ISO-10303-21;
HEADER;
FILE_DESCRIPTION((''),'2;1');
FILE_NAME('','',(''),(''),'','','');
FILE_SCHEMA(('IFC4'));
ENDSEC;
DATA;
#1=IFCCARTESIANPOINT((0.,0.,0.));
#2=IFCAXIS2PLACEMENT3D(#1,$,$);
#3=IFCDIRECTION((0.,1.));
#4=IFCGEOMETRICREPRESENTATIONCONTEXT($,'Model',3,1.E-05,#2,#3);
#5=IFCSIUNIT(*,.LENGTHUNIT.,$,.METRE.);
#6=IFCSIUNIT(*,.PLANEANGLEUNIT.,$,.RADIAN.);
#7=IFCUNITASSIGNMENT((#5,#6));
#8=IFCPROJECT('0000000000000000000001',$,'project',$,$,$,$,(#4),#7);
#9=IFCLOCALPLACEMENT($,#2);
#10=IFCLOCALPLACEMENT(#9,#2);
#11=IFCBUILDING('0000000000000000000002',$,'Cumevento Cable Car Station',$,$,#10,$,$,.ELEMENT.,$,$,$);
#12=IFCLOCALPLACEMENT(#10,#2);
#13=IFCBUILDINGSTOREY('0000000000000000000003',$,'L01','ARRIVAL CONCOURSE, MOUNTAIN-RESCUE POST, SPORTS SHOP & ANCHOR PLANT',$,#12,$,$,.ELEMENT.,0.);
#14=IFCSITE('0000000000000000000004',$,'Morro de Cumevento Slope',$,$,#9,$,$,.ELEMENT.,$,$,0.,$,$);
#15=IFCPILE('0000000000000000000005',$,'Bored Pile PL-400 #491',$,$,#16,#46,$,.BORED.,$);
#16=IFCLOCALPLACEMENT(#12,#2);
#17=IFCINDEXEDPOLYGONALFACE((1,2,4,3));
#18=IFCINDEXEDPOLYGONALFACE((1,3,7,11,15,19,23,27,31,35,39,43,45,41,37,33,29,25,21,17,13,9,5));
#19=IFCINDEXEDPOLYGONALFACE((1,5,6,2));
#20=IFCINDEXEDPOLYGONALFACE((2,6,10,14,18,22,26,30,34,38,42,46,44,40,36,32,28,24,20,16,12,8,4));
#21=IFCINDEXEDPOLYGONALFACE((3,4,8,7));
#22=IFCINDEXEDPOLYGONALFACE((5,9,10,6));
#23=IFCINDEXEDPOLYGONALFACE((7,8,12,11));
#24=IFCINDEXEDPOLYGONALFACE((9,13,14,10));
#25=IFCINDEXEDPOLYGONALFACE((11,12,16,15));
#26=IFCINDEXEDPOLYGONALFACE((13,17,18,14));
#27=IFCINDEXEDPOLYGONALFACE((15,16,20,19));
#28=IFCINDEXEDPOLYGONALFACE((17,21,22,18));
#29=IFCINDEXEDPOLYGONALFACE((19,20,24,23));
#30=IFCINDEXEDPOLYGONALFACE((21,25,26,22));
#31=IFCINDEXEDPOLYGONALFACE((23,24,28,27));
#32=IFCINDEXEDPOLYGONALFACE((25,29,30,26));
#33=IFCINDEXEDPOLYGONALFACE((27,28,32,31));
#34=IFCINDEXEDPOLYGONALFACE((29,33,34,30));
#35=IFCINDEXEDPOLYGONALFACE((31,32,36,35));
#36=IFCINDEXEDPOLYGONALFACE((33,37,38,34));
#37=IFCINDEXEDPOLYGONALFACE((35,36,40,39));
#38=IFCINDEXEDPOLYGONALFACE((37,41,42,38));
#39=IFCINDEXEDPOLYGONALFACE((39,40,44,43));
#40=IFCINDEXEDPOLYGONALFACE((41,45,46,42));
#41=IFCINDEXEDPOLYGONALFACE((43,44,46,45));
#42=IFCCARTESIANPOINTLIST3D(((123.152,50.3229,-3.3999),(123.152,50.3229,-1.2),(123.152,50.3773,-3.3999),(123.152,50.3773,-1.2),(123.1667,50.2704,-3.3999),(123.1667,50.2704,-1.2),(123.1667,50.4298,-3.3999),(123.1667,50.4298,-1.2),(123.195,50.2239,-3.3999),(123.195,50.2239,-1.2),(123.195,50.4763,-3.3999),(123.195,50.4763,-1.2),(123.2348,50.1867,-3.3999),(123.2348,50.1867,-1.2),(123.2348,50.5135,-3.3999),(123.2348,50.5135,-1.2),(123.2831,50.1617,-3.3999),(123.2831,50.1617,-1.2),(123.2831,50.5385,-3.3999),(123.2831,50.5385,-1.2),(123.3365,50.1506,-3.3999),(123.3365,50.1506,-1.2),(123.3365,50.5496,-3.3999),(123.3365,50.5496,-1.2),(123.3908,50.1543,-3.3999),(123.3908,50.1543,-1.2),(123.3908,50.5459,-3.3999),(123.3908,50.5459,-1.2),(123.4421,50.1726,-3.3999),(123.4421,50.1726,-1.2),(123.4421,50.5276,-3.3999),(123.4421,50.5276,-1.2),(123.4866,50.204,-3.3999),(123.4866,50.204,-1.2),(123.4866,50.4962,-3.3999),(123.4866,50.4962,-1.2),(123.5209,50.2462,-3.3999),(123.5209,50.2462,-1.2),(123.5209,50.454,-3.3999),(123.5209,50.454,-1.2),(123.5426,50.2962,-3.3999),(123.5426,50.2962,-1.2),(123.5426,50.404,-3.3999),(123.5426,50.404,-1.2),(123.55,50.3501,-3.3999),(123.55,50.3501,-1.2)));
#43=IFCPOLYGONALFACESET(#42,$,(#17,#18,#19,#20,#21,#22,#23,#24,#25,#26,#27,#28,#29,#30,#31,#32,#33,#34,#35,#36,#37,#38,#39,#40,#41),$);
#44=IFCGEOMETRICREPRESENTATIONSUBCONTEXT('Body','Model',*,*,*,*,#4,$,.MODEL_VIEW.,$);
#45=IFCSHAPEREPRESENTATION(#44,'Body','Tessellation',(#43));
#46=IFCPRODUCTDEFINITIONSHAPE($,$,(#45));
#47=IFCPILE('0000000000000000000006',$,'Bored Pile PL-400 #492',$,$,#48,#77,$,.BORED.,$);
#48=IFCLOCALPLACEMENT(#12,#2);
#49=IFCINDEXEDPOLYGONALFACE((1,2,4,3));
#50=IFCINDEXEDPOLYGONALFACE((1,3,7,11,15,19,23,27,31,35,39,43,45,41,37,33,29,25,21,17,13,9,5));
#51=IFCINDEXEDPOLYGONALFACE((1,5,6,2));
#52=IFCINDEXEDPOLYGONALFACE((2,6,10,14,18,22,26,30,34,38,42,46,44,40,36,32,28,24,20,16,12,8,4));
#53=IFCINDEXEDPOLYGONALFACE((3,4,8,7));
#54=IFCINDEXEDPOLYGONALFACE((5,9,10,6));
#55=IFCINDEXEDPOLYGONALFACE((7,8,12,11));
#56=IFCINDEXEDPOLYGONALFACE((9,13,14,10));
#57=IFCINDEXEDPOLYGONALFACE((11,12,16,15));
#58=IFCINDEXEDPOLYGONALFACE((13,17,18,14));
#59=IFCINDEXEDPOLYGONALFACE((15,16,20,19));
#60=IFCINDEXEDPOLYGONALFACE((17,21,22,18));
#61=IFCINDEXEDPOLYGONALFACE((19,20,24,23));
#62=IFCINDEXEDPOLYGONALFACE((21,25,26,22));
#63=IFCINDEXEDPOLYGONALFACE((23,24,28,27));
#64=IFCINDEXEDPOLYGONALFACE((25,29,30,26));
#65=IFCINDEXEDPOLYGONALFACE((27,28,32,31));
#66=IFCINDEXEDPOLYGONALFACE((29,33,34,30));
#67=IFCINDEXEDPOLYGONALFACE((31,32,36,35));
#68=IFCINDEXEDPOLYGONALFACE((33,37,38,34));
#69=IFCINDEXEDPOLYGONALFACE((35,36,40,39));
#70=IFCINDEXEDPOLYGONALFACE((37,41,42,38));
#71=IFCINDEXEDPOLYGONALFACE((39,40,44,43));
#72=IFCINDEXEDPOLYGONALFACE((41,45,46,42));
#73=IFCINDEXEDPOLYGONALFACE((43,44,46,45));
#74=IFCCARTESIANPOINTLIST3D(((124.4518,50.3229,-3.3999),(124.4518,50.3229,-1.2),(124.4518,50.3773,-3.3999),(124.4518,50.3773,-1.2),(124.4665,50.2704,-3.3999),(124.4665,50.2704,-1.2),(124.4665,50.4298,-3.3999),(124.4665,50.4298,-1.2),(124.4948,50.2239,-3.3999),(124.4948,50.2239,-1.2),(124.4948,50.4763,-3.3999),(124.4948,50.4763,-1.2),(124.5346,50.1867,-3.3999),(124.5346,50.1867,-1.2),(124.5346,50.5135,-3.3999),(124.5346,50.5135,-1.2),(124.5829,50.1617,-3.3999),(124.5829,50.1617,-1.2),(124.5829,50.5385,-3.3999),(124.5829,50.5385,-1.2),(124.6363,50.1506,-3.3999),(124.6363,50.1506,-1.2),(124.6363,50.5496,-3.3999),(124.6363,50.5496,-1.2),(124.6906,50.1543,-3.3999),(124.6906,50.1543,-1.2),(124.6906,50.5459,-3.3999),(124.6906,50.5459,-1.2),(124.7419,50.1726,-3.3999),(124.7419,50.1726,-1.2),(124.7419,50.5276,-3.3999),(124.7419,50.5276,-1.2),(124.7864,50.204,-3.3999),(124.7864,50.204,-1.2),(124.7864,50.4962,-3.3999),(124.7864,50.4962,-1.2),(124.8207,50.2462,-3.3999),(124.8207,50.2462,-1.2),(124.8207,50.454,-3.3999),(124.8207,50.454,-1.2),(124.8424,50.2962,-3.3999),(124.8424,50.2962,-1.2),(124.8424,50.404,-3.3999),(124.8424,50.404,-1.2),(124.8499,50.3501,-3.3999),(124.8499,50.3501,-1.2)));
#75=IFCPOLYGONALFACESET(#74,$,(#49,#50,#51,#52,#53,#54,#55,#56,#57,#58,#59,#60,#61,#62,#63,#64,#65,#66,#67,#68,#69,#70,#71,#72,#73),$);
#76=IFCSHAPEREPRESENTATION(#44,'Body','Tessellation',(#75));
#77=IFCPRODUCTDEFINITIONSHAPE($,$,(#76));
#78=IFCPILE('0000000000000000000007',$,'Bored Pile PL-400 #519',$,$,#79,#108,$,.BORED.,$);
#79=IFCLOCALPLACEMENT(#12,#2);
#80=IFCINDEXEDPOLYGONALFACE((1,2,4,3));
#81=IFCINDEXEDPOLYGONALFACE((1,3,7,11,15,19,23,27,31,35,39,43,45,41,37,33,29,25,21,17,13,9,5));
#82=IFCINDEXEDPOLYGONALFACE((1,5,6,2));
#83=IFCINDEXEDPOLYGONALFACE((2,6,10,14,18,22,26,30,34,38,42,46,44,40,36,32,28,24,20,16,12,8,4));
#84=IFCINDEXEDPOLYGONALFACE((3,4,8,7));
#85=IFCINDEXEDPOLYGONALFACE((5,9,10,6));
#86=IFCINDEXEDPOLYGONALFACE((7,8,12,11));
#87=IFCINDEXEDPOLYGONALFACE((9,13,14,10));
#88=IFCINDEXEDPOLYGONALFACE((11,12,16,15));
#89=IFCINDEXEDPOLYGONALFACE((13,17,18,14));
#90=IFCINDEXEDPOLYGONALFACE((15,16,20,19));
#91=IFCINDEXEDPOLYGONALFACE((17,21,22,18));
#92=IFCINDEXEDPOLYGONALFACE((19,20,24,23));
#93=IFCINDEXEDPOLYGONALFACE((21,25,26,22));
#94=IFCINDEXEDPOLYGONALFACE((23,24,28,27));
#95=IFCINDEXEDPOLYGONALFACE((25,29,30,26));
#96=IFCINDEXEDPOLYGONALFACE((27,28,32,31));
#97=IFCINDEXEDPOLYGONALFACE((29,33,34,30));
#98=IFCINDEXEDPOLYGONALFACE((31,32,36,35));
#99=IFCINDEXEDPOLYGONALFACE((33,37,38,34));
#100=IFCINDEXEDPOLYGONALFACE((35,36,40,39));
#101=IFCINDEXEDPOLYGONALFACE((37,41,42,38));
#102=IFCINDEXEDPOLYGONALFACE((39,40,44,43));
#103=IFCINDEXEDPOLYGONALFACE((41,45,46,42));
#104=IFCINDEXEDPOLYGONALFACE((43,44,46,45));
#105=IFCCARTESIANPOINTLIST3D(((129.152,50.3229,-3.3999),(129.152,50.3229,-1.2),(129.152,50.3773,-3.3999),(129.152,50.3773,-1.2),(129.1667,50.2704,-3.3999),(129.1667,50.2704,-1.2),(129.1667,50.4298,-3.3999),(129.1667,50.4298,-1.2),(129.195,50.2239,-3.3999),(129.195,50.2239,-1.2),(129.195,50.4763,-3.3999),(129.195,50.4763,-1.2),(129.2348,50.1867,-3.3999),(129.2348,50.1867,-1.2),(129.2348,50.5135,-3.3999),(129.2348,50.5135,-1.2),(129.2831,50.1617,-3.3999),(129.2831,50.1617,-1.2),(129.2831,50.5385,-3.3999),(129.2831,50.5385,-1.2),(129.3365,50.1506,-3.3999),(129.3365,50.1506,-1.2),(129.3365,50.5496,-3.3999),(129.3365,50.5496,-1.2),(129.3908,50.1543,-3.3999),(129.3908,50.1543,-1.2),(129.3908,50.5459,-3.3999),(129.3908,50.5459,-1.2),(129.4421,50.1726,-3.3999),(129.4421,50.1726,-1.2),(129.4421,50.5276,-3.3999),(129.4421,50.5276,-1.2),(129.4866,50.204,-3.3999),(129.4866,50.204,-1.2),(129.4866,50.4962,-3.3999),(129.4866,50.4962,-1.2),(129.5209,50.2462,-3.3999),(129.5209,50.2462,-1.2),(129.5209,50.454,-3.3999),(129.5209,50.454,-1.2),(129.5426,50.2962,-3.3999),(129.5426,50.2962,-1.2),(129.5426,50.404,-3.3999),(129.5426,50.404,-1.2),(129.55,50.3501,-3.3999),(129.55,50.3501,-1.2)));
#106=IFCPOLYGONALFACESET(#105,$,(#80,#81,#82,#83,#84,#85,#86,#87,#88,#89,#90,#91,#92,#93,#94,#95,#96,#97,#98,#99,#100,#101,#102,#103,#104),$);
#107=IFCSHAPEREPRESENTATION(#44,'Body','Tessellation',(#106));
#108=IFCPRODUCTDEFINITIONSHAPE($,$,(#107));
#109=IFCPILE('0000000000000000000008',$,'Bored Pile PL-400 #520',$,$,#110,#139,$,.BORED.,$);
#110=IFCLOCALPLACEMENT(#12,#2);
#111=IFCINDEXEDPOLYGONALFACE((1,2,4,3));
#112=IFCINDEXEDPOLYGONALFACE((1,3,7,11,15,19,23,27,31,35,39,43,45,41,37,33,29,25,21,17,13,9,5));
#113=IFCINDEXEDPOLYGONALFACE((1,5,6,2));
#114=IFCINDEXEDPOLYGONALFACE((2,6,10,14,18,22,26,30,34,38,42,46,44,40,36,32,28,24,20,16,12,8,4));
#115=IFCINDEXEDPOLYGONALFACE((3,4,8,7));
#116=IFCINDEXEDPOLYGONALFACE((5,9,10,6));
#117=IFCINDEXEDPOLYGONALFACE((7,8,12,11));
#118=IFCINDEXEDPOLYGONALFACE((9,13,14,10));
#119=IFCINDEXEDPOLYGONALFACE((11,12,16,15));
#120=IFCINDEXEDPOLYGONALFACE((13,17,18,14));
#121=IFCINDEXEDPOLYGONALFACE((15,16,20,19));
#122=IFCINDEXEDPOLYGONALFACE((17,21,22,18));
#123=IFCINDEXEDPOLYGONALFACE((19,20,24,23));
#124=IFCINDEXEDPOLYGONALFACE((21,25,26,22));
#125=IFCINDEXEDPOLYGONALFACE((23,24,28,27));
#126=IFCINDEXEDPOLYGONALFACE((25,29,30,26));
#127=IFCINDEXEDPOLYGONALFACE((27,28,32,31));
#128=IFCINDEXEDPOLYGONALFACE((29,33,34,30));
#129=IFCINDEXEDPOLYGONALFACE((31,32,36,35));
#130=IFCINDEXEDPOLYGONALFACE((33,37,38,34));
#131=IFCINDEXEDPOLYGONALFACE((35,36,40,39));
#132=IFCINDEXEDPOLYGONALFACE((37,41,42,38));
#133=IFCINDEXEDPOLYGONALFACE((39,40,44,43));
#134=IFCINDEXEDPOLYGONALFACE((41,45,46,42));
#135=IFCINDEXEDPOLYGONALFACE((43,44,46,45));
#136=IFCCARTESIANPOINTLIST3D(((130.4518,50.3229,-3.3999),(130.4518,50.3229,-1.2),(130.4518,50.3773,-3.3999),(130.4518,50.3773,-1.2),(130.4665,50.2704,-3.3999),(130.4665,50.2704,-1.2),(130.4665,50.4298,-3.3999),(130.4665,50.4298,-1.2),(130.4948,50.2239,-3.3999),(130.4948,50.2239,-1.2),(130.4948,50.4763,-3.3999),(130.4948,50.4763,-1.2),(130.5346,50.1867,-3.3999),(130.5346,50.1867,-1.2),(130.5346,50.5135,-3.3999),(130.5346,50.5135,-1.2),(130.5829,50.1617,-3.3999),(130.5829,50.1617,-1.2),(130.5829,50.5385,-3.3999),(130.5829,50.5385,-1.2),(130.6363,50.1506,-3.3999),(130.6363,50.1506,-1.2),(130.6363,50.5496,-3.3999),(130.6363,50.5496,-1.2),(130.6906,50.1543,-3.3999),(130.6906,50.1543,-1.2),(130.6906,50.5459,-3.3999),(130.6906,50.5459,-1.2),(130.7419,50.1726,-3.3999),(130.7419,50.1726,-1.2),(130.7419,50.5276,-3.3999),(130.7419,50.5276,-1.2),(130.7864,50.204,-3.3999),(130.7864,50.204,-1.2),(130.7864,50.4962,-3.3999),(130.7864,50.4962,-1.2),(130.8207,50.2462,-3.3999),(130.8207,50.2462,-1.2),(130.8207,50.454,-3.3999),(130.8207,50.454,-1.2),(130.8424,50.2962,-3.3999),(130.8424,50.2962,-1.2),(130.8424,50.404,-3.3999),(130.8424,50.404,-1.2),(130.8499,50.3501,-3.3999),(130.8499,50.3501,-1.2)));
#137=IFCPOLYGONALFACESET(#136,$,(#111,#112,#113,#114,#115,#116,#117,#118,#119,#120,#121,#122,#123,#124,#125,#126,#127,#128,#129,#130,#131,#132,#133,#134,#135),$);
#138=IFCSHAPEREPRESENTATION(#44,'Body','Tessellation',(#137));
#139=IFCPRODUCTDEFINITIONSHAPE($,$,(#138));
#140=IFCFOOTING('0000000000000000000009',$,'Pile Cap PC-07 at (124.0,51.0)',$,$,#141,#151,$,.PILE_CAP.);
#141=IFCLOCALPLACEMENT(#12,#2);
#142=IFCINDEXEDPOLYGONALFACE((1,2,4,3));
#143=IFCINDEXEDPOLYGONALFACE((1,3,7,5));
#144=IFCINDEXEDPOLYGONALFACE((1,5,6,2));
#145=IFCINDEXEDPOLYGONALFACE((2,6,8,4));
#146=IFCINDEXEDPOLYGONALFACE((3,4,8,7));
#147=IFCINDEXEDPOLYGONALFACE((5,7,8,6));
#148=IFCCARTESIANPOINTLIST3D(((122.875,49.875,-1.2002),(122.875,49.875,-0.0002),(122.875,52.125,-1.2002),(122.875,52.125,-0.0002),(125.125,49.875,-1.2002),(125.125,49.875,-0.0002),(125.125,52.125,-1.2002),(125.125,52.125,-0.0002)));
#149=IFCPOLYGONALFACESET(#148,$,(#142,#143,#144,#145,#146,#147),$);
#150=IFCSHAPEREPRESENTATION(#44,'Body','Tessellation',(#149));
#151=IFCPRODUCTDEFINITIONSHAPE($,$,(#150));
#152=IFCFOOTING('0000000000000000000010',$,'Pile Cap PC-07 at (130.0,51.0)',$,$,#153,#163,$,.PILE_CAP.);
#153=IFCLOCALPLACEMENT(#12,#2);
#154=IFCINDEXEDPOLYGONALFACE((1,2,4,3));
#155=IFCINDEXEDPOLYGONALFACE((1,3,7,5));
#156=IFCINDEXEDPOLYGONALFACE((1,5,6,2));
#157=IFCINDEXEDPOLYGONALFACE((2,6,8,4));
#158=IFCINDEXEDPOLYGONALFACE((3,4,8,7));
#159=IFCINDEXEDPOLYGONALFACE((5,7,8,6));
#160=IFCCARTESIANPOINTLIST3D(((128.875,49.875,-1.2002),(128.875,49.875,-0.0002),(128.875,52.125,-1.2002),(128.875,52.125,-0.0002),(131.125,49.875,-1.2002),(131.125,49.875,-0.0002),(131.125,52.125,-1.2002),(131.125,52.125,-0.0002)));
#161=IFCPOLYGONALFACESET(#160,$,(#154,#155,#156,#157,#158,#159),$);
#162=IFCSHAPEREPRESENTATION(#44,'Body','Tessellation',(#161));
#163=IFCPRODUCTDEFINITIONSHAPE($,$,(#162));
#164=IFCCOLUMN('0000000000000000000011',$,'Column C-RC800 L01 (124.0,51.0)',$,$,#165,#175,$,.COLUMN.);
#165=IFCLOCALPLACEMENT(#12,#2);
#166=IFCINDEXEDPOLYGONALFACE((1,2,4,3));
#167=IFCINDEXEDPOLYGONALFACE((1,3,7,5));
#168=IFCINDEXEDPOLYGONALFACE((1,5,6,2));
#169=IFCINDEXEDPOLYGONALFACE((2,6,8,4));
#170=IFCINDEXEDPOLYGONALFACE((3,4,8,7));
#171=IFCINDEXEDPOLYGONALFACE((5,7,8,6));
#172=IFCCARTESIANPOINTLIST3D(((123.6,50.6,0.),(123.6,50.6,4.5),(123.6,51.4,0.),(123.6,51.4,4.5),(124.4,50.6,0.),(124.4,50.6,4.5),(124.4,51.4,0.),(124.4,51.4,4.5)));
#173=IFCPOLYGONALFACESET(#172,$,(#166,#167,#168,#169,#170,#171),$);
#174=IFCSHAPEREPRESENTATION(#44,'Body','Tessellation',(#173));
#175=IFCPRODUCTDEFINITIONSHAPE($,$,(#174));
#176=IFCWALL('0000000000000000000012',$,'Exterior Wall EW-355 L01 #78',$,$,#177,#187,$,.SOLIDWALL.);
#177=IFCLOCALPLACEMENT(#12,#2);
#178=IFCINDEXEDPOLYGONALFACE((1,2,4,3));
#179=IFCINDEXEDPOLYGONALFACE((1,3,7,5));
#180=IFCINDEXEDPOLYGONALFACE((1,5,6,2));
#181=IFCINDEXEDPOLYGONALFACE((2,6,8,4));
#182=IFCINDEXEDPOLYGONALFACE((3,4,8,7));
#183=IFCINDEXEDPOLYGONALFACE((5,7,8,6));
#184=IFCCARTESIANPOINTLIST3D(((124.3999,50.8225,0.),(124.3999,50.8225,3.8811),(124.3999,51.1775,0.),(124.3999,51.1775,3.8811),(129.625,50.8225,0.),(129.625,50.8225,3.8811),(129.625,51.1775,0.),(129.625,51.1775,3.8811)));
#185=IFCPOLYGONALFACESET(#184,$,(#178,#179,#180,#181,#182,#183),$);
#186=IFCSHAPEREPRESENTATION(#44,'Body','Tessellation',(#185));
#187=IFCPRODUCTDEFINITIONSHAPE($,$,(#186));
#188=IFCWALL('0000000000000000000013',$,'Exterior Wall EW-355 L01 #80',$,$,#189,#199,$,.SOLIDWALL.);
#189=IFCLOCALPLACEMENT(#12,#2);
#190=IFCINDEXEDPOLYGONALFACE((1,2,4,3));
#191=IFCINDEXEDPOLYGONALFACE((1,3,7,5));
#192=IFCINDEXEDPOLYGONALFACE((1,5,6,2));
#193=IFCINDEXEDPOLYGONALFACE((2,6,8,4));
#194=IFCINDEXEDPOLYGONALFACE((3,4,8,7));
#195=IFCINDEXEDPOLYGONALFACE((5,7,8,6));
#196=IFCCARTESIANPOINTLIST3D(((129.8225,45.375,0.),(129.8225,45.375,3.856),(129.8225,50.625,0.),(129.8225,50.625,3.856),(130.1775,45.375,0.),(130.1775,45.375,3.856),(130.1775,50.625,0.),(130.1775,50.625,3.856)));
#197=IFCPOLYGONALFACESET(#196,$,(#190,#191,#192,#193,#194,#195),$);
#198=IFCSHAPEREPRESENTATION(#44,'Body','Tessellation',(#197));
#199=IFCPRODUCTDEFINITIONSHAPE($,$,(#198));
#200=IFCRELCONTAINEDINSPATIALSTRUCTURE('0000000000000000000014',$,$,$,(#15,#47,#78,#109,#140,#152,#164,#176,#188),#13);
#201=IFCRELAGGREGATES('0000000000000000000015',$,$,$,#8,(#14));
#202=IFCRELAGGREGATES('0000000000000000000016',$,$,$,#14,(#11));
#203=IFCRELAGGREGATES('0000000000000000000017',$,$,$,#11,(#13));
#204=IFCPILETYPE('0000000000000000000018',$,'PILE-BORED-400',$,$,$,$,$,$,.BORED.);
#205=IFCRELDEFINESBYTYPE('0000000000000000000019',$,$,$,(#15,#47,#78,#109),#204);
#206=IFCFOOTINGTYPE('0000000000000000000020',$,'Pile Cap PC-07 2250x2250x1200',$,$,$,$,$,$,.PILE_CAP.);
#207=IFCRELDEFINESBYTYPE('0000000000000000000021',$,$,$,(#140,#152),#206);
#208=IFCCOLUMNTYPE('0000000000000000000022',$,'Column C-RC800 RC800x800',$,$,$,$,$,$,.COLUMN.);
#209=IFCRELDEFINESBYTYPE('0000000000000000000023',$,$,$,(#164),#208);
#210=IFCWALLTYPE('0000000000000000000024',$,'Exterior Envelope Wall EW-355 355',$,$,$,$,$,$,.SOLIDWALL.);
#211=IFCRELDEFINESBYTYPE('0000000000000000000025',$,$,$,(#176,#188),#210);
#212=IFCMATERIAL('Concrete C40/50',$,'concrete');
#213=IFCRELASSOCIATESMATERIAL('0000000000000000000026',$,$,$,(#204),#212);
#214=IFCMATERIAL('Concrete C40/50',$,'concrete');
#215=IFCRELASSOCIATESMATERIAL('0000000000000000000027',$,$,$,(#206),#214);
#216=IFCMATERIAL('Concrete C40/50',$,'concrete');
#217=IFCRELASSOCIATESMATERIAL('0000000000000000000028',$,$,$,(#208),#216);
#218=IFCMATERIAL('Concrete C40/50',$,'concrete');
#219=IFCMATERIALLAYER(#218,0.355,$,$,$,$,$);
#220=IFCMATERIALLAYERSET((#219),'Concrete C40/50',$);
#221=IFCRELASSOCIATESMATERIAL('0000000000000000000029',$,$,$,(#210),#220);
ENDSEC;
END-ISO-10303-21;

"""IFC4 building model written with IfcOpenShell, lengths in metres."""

from ifc_helpers import new_model, si_unit, direction, frame, frame_2d, origin, origin_2d, place, context, subcontext, project, spatial, rectangle, circle, extrude, material, layer, layer_set, material_profile, profile_set, type_object, element, save


model = new_model("IFC4")

# Units and contexts
model_context = context("Model", 3, precision=1e-05, world=origin(), true_north=direction((0.0, 1.0)))
body_context = subcontext(model_context, "Body", "Model", "MODEL_VIEW")
ifc_project = project(units=[si_unit("LENGTHUNIT", "METRE"), si_unit("PLANEANGLEUNIT", "RADIAN")], contexts=[model_context])

# Site, building, storey
site_placement = place(None, origin())
site = spatial("IfcSite", under=ifc_project, at=site_placement, Name="Morro de Cumevento Slope", CompositionType="ELEMENT", RefElevation=0.0)
building_placement = place(site_placement, origin())
building = spatial("IfcBuilding", under=site, at=building_placement, Name="Cumevento Cable Car Station", CompositionType="ELEMENT")
storey_placement = place(building_placement, origin())
storey = spatial("IfcBuildingStorey", under=building, at=storey_placement, Name="L01", Description="ARRIVAL CONCOURSE, MOUNTAIN-RESCUE POST, SPORTS SHOP & ANCHOR PLANT", CompositionType="ELEMENT", Elevation=0.0)

# Piles
ifc_material_1 = material(Name="Concrete C40/50", Category="concrete")
ifc_material_profile_1 = material_profile(ifc_material_1, circle(Radius=0.2, at=origin_2d()), Name="PILE-D400")
ifc_profile_set_1 = profile_set([ifc_material_profile_1], Name="Concrete C40/50")
pile_type = type_object("IfcPileType", Name="PILE-BORED-400", PredefinedType="BORED", material=ifc_profile_set_1)
for number, where, z_axis, x_axis, name in (
    (1, (123.3501, 50.3501, -1.2), (0.0, 0.0, -1.0), (1.0, 0.0, 0.0), "Bored Pile PL-400 #491"),
    (2, (124.6499, 50.3501, -1.2), (0.0, 0.0, -1.0), (1.0, 0.0, 0.0), "Bored Pile PL-400 #492"),
    (3, (129.3501, 50.3501, -1.2), (0.0, 0.0, -1.0), (1.0, 0.0, 0.0), "Bored Pile PL-400 #519"),
    (4, (130.6499, 50.3501, -1.2), (0.0, 0.0, -1.0), (1.0, 0.0, 0.0), "Bored Pile PL-400 #520"),
):
    element("IfcPile", number, at=place(storey_placement, frame(where, z_axis=z_axis, x_axis=x_axis)), inside=storey, type_object=pile_type, Name=name, PredefinedType="BORED", context=body_context, shape_type="SweptSolid", body=[
        extrude(circle(Radius=0.2, at=origin_2d()), origin(), (0.0, 0.0, 1.0), 2.2),
    ])

# Footings
ifc_material_2 = material(Name="Concrete C40/50", Category="concrete")
footing_type = type_object("IfcFootingType", Name="Pile Cap PC-07 2250x2250x1200", PredefinedType="PILE_CAP", material=ifc_material_2)
for number, where, z_axis, x_axis, name in (
    (5, (124.0, 51.0, -1.2002), (0.0, 0.0, 1.0), (1.0, 0.0, 0.0), "Pile Cap PC-07 at (124.0,51.0)"),
    (6, (130.0, 51.0, -1.2002), (0.0, 0.0, 1.0), (1.0, 0.0, 0.0), "Pile Cap PC-07 at (130.0,51.0)"),
):
    element("IfcFooting", number, at=place(storey_placement, frame(where, z_axis=z_axis, x_axis=x_axis)), inside=storey, type_object=footing_type, Name=name, PredefinedType="PILE_CAP", context=body_context, shape_type="SweptSolid", body=[
        extrude(rectangle(XDim=2.25, YDim=2.25, at=origin_2d()), origin(), (0.0, 0.0, 1.0), 1.2),
    ])

# Column
ifc_material_3 = material(Name="Concrete C40/50", Category="concrete")
ifc_material_profile_2 = material_profile(ifc_material_3, rectangle(XDim=0.8, YDim=0.8, at=origin_2d()), Name="RC800x800")
ifc_profile_set_2 = profile_set([ifc_material_profile_2], Name="Concrete C40/50")
column_type = type_object("IfcColumnType", Name="Column C-RC800 RC800x800", PredefinedType="COLUMN", material=ifc_profile_set_2)
column_placement = place(storey_placement, frame((124.0, 51.0, 0.0), z_axis=(0.0, 0.0, 1.0), x_axis=(1.0, 0.0, 0.0)))
element("IfcColumn", 7, at=column_placement, inside=storey, type_object=column_type, Name="Column C-RC800 L01 (124.0,51.0)", PredefinedType="COLUMN", context=body_context, shape_type="SweptSolid", body=[
    extrude(rectangle(XDim=0.8, YDim=0.8, at=origin_2d()), origin(), (0.0, 0.0, 1.0), 4.5),
])

# Walls
ifc_material_4 = material(Name="Concrete C40/50", Category="concrete")
ifc_layer_1 = layer(ifc_material_4, 0.355)
ifc_layer_set_1 = layer_set([ifc_layer_1], Name="Concrete C40/50")
wall_type_1 = type_object("IfcWallType", Name="Exterior Envelope Wall EW-355 355", PredefinedType="SOLIDWALL", material=ifc_layer_set_1)
wall_1_placement = place(storey_placement, frame((124.3999, 51.0, 0.0), z_axis=(0.0, 0.0, 1.0), x_axis=(1.0, 0.0, 0.0)))
element("IfcWall", 8, at=wall_1_placement, inside=storey, type_object=wall_type_1, Name="Exterior Wall EW-355 L01 #78", PredefinedType="SOLIDWALL", context=body_context, shape_type="SweptSolid", body=[
    extrude(rectangle(XDim=5.2251, YDim=0.355, at=frame_2d((2.6125, 0.0))), origin(), (0.0, 0.0, 1.0), 3.8811),
])
wall_2_placement = place(storey_placement, frame((130.0, 50.625, 0.0), z_axis=(0.0, 0.0, 1.0), x_axis=(0.0, -1.0, 0.0)))
element("IfcWall", 9, at=wall_2_placement, inside=storey, type_object=wall_type_1, Name="Exterior Wall EW-355 L01 #80", PredefinedType="SOLIDWALL", context=body_context, shape_type="SweptSolid", body=[
    extrude(rectangle(XDim=5.25, YDim=0.355, at=frame_2d((2.625, 0.0))), origin(), (0.0, 0.0, 1.0), 3.856),
])

save(model, "model.ifc")
